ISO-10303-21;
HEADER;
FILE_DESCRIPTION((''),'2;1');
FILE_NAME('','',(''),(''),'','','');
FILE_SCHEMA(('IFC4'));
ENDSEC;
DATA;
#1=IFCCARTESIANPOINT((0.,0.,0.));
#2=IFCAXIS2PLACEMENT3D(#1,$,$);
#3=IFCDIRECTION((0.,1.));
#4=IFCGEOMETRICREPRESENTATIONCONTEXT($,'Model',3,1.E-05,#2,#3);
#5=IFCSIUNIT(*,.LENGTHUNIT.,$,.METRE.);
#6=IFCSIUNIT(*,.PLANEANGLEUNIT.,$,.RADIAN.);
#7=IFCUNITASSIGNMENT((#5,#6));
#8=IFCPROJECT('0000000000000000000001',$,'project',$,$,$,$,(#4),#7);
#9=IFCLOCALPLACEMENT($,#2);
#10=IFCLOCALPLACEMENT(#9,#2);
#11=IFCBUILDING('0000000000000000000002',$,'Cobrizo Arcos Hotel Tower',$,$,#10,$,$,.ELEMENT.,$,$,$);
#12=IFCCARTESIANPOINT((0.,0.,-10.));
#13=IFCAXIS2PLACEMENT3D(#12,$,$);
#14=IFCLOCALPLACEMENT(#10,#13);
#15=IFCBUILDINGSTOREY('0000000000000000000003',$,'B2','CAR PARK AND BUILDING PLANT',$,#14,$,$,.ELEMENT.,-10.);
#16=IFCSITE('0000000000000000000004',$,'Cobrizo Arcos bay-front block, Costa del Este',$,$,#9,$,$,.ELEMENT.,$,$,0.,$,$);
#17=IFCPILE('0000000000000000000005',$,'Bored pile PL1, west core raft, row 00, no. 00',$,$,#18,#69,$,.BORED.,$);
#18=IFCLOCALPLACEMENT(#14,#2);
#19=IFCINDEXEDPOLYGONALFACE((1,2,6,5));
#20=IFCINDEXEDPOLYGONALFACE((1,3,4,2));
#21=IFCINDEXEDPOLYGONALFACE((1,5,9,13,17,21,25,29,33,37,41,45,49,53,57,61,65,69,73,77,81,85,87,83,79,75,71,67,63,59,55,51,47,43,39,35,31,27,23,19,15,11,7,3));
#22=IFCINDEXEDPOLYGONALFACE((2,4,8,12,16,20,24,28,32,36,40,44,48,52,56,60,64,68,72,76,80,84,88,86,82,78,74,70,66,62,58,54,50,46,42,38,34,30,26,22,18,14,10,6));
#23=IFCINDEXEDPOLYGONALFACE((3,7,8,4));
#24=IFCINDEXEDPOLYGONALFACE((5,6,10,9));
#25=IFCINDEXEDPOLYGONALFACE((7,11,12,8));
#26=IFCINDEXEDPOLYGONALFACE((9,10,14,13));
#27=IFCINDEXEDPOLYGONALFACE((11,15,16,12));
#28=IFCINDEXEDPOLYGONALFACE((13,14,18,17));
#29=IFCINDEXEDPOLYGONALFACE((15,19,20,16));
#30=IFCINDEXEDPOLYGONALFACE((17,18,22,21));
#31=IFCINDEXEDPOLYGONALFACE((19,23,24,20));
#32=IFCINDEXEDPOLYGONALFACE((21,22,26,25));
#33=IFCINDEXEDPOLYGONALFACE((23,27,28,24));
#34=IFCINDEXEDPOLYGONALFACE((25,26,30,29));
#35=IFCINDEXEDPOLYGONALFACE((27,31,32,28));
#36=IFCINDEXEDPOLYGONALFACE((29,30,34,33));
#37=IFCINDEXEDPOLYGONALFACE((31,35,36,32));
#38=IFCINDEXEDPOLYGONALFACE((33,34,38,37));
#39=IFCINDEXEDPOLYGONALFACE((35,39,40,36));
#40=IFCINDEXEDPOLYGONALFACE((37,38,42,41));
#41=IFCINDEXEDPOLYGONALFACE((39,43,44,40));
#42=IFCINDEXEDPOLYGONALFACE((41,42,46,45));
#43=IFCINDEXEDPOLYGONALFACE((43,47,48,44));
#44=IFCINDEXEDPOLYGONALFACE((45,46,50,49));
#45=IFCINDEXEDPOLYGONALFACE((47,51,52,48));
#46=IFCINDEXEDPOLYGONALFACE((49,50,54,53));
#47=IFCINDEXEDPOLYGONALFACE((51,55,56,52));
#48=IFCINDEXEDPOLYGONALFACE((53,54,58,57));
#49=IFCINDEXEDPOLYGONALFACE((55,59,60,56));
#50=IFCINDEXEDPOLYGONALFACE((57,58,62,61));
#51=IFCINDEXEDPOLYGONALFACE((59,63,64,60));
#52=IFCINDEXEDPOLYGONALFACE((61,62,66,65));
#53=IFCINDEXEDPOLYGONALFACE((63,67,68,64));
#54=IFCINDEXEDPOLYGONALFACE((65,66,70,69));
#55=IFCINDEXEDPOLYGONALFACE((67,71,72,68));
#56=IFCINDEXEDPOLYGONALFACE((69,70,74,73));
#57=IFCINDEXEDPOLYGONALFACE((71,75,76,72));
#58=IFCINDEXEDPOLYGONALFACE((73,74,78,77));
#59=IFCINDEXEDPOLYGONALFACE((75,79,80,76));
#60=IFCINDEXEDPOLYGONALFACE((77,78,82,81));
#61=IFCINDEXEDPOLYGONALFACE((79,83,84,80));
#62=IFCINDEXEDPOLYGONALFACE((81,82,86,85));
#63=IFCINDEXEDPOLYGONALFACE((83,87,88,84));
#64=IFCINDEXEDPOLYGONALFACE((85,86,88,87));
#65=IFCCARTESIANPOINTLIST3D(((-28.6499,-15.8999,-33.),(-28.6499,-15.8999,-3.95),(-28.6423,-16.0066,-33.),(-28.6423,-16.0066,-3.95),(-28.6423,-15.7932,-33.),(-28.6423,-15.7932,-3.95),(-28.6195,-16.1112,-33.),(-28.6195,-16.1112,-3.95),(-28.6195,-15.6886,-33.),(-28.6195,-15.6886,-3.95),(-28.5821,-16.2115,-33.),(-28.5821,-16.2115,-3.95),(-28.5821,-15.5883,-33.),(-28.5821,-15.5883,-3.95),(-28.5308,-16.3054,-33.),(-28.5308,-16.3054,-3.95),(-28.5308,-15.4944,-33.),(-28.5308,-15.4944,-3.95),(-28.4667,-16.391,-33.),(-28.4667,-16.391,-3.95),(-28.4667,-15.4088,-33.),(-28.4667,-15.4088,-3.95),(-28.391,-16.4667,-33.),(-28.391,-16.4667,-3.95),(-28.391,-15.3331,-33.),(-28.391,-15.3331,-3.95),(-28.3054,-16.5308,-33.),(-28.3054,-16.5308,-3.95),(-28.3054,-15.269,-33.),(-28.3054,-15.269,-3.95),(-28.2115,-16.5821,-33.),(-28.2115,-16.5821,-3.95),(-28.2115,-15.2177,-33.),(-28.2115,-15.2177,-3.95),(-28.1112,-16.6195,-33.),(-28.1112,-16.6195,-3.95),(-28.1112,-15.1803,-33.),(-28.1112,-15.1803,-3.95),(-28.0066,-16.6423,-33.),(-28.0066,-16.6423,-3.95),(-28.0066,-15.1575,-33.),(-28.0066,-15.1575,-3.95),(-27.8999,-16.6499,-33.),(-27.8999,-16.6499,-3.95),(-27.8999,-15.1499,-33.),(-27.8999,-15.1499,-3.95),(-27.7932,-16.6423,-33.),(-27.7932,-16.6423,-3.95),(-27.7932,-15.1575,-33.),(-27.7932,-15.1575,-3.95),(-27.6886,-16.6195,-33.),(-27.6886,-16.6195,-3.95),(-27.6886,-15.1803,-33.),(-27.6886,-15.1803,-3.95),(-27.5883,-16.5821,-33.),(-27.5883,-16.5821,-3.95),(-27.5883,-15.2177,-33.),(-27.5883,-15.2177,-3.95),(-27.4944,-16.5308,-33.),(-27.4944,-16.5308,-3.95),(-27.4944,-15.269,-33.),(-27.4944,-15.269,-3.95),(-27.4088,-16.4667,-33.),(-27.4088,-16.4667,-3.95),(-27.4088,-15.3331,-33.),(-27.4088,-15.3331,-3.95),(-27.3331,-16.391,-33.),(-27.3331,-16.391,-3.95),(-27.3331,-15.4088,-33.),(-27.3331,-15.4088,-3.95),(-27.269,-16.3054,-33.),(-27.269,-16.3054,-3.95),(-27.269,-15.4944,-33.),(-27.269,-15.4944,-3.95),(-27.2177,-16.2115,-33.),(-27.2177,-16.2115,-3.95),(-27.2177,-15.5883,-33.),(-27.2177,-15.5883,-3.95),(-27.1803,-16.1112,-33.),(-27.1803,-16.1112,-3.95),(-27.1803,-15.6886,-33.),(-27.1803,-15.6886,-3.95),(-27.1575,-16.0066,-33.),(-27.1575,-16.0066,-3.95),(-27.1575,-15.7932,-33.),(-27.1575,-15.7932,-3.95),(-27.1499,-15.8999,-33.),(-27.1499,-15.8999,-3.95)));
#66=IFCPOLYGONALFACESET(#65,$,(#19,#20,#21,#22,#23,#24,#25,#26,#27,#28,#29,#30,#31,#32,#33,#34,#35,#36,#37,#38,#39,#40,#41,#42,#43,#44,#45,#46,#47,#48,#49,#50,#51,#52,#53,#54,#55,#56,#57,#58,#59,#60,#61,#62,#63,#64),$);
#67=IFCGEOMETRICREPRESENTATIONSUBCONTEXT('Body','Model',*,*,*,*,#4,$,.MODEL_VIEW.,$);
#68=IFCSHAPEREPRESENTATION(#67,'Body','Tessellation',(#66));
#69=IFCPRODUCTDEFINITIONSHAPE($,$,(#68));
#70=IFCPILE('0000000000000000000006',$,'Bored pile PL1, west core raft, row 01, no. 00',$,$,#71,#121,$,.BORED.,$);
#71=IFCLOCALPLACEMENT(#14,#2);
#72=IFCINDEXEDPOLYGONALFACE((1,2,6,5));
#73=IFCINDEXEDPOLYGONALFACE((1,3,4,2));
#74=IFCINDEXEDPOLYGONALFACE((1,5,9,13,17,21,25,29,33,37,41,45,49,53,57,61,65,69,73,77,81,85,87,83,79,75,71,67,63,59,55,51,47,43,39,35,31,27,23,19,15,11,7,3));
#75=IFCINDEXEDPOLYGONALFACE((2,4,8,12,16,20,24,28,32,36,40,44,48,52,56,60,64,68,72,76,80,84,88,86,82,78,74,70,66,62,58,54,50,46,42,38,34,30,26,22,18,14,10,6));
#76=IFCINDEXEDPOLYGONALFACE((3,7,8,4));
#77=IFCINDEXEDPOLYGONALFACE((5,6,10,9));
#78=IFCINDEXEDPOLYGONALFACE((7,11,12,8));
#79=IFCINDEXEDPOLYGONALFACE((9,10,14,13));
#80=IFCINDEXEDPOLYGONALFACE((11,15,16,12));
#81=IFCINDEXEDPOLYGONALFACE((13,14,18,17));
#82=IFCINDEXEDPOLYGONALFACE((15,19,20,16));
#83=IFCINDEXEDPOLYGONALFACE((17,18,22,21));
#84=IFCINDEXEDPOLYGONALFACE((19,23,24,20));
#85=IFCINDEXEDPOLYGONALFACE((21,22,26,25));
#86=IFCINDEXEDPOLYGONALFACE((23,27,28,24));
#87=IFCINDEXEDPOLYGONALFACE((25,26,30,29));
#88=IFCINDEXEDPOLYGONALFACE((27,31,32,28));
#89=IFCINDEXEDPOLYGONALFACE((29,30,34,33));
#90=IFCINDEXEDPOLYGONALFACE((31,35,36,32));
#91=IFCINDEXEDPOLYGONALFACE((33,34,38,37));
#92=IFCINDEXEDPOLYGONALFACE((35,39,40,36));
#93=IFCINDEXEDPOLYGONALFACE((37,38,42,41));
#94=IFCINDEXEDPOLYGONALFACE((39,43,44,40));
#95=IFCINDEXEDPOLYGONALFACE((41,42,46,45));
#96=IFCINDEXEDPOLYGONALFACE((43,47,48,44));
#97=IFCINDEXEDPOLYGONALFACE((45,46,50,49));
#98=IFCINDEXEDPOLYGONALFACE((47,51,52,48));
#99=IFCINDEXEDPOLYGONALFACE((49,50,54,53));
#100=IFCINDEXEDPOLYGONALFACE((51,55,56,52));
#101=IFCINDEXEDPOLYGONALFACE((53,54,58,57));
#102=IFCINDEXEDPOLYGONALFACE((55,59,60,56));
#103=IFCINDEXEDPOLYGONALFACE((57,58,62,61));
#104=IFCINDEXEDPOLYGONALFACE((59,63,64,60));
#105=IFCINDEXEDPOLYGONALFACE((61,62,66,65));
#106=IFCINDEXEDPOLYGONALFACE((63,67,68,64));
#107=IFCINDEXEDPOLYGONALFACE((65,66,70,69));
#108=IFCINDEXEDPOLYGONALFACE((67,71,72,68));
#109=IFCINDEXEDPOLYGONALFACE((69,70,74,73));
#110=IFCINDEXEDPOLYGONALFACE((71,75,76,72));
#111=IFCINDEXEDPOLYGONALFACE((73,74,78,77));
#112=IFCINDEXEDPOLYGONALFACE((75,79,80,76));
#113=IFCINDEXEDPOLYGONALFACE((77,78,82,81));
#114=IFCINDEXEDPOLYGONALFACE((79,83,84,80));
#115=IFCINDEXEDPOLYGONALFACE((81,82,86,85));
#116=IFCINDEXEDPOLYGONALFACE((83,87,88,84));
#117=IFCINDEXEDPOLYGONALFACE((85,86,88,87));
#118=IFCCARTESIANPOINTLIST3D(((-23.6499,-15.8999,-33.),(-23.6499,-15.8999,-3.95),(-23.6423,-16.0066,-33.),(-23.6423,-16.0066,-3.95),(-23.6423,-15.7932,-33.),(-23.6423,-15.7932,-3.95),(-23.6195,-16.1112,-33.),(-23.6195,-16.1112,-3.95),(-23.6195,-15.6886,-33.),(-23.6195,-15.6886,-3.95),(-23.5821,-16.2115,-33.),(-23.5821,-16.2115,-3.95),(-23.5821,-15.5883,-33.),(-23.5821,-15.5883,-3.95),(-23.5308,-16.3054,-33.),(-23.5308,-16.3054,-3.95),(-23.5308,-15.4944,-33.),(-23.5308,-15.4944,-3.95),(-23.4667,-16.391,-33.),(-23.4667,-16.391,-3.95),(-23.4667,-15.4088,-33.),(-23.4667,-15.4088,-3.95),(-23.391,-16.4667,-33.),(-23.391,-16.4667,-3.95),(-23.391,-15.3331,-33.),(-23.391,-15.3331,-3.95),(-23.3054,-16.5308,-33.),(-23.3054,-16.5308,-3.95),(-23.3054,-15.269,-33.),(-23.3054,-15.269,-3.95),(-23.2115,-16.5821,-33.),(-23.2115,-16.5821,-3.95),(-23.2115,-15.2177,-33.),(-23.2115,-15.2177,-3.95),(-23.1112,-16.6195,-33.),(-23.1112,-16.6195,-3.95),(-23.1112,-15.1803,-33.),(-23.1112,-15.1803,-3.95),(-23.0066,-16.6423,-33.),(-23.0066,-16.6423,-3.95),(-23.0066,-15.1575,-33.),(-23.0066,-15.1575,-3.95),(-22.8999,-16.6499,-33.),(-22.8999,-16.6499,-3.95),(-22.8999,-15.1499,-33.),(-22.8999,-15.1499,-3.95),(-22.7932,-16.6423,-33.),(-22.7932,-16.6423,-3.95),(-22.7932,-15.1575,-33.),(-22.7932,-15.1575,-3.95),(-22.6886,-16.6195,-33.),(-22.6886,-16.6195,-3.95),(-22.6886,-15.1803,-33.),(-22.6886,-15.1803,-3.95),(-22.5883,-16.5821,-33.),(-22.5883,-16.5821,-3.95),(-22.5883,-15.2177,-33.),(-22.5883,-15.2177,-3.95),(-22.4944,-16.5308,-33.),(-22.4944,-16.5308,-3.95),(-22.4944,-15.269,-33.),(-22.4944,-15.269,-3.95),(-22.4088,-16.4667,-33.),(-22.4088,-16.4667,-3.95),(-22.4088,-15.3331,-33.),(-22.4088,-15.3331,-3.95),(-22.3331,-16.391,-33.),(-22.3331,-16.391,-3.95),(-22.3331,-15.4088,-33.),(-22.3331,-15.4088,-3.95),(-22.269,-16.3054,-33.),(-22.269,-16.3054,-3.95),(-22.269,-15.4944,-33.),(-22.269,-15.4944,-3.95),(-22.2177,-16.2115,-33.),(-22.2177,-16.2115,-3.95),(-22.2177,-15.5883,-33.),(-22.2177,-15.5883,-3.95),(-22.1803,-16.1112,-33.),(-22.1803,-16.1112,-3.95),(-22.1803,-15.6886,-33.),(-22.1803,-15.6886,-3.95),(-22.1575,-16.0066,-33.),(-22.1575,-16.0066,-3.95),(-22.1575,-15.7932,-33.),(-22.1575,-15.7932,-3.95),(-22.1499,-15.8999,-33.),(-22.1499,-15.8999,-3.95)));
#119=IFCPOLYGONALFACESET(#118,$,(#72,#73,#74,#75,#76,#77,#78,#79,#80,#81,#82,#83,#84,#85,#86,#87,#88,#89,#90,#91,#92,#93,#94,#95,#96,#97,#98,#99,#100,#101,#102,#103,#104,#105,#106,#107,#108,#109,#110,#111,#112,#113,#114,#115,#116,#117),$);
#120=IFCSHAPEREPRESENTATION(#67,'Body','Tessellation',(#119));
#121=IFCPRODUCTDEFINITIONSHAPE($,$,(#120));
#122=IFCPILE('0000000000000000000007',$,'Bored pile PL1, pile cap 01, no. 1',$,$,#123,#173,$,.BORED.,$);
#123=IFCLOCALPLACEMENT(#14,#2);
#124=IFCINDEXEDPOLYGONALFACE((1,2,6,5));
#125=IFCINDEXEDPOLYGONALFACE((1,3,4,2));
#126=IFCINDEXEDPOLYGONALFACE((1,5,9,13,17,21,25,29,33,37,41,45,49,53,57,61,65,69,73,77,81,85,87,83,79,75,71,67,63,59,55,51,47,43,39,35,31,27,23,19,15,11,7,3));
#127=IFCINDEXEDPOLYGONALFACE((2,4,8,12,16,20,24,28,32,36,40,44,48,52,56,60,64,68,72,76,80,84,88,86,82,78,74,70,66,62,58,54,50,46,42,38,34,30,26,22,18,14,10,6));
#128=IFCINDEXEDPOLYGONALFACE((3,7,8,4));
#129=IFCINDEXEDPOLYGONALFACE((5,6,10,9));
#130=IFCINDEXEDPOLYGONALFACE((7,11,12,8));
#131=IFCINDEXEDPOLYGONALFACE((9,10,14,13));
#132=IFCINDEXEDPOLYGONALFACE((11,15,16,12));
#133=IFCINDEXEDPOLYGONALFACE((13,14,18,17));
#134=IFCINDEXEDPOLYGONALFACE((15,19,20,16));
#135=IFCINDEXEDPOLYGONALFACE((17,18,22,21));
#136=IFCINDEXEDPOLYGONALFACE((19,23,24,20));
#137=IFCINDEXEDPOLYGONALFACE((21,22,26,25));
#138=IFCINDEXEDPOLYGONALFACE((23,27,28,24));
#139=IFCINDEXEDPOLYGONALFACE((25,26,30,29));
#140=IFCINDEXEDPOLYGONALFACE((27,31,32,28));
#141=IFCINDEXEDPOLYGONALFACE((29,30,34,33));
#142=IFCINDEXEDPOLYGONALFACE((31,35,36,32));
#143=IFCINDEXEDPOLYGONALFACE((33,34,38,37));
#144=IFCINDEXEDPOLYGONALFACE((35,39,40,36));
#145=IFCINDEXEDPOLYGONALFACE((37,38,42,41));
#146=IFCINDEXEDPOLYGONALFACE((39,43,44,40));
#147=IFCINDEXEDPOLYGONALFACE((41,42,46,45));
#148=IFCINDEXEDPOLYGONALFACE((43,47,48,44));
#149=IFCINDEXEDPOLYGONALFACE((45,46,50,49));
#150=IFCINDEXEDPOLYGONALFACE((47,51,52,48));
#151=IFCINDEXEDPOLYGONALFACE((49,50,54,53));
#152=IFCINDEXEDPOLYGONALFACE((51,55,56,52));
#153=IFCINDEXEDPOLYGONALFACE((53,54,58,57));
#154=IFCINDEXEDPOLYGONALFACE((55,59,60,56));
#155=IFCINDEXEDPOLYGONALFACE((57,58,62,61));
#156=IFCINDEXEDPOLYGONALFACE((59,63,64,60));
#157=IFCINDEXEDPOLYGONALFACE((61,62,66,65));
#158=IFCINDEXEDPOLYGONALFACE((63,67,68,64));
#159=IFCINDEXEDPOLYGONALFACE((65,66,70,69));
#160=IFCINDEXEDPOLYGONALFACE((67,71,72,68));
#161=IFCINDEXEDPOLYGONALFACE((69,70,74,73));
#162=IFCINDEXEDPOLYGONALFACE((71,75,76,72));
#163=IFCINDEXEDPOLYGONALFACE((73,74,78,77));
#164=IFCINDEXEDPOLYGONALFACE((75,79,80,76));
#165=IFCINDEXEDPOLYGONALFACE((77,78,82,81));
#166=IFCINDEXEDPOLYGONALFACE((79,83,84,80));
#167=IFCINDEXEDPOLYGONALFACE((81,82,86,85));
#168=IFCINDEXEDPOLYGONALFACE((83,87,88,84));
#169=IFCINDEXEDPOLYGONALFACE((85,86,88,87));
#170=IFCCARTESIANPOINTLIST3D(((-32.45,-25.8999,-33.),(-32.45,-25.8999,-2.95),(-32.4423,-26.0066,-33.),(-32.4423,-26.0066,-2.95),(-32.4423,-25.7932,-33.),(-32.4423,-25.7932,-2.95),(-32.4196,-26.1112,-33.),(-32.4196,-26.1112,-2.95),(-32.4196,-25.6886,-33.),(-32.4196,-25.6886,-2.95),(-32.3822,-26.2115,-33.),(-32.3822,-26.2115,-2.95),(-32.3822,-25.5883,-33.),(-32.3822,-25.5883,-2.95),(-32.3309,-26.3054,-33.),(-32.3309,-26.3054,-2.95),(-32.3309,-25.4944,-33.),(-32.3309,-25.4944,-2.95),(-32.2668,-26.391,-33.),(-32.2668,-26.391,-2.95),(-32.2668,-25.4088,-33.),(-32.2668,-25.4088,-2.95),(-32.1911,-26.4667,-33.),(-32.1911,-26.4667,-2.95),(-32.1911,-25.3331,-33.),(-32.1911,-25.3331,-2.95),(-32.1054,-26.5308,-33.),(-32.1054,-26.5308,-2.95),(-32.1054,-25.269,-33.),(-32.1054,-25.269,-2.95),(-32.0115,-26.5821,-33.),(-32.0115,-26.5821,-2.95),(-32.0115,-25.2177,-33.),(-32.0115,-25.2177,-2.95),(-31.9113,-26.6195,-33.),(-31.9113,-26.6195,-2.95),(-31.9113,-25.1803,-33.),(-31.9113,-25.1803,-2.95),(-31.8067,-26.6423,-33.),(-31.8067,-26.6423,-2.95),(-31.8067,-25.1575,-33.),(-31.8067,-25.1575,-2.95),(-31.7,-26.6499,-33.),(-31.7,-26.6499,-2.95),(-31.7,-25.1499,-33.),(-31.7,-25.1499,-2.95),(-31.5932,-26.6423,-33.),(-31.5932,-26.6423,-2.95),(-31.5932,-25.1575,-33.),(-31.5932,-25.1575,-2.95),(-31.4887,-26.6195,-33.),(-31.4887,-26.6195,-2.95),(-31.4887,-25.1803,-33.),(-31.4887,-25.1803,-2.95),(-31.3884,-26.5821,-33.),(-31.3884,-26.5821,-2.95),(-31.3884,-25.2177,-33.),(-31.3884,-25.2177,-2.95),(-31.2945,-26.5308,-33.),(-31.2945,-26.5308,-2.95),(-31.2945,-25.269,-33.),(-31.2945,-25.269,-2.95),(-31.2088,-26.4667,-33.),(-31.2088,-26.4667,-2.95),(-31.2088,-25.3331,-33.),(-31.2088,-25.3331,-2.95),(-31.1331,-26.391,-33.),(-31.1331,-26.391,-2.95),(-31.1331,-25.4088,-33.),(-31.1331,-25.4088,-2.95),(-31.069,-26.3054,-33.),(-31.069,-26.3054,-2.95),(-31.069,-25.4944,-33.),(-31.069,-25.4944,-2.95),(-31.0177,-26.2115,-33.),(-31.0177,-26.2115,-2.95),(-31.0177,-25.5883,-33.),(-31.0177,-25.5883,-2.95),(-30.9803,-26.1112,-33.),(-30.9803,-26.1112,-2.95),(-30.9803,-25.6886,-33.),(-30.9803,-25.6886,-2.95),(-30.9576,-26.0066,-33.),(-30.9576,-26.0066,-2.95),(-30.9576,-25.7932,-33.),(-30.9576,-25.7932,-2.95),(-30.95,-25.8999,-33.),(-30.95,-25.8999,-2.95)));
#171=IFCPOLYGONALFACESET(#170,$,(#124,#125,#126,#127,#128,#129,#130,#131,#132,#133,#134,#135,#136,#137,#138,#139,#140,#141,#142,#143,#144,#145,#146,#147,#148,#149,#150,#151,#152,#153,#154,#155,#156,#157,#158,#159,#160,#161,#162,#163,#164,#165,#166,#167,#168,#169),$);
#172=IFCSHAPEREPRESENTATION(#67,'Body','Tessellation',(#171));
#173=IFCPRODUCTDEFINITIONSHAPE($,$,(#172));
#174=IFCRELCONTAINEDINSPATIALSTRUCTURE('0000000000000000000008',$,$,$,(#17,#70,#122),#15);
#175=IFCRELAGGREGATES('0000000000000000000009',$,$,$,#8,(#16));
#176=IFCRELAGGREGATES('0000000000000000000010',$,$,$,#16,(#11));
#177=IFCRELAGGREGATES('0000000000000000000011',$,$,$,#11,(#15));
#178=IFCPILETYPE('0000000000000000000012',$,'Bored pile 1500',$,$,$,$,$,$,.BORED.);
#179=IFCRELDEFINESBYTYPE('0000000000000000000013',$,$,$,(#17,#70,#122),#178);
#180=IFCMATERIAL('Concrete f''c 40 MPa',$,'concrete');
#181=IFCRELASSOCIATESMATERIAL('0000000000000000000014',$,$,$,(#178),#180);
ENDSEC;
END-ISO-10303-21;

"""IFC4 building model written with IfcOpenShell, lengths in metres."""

from ifc_helpers import new_model, si_unit, direction, frame, origin, origin_2d, place, context, subcontext, project, spatial, circle, extrude, material, material_profile, profile_set, type_object, element, save


model = new_model("IFC4")

# Units and contexts
model_context = context("Model", 3, precision=1e-05, world=origin(), true_north=direction((0.0, 1.0)))
body_context = subcontext(model_context, "Body", "Model", "MODEL_VIEW")
ifc_project = project(units=[si_unit("LENGTHUNIT", "METRE"), si_unit("PLANEANGLEUNIT", "RADIAN")], contexts=[model_context])

# Site, building, storey
site_placement = place(None, origin())
site = spatial("IfcSite", under=ifc_project, at=site_placement, Name="Cobrizo Arcos bay-front block, Costa del Este", CompositionType="ELEMENT", RefElevation=0.0)
building_placement = place(site_placement, origin())
building = spatial("IfcBuilding", under=site, at=building_placement, Name="Cobrizo Arcos Hotel Tower", CompositionType="ELEMENT")
storey_placement = place(building_placement, frame((0.0, 0.0, -10.0)))
storey = spatial("IfcBuildingStorey", under=building, at=storey_placement, Name="B2", Description="CAR PARK AND BUILDING PLANT", CompositionType="ELEMENT", Elevation=-10.0)

# Piles
ifc_material_1 = material(Name="Concrete f'c 40 MPa", Category="concrete")
ifc_material_profile_1 = material_profile(ifc_material_1, circle(Radius=0.75, at=origin_2d()), Name="BORED PILE 1500")
ifc_profile_set_1 = profile_set([ifc_material_profile_1], Name="Concrete f'c 40 MPa")
pile_type = type_object("IfcPileType", Name="Bored pile 1500", PredefinedType="BORED", material=ifc_profile_set_1)
for number, where, z_axis, x_axis, name in (
    (1, (-27.8999, -15.8999, -3.95), (0.0, 0.0, -1.0), (1.0, 0.0, 0.0), "Bored pile PL1, west core raft, row 00, no. 00"),
    (2, (-22.8999, -15.8999, -3.95), (0.0, 0.0, -1.0), (1.0, 0.0, 0.0), "Bored pile PL1, west core raft, row 01, no. 00"),
):
    element("IfcPile", number, at=place(storey_placement, frame(where, z_axis=z_axis, x_axis=x_axis)), inside=storey, type_object=pile_type, Name=name, PredefinedType="BORED", context=body_context, shape_type="SweptSolid", body=[
        extrude(circle(Radius=0.75, at=origin_2d()), origin(), (0.0, 0.0, 1.0), 29.05),
    ])
for number, where, z_axis, x_axis, name in (
    (3, (-31.7, -25.8999, -2.95), (0.0, 0.0, -1.0), (1.0, 0.0, 0.0), "Bored pile PL1, pile cap 01, no. 1"),
):
    element("IfcPile", number, at=place(storey_placement, frame(where, z_axis=z_axis, x_axis=x_axis)), inside=storey, type_object=pile_type, Name=name, PredefinedType="BORED", context=body_context, shape_type="SweptSolid", body=[
        extrude(circle(Radius=0.75, at=origin_2d()), origin(), (0.0, 0.0, 1.0), 30.05),
    ])

save(model, "model.ifc")
